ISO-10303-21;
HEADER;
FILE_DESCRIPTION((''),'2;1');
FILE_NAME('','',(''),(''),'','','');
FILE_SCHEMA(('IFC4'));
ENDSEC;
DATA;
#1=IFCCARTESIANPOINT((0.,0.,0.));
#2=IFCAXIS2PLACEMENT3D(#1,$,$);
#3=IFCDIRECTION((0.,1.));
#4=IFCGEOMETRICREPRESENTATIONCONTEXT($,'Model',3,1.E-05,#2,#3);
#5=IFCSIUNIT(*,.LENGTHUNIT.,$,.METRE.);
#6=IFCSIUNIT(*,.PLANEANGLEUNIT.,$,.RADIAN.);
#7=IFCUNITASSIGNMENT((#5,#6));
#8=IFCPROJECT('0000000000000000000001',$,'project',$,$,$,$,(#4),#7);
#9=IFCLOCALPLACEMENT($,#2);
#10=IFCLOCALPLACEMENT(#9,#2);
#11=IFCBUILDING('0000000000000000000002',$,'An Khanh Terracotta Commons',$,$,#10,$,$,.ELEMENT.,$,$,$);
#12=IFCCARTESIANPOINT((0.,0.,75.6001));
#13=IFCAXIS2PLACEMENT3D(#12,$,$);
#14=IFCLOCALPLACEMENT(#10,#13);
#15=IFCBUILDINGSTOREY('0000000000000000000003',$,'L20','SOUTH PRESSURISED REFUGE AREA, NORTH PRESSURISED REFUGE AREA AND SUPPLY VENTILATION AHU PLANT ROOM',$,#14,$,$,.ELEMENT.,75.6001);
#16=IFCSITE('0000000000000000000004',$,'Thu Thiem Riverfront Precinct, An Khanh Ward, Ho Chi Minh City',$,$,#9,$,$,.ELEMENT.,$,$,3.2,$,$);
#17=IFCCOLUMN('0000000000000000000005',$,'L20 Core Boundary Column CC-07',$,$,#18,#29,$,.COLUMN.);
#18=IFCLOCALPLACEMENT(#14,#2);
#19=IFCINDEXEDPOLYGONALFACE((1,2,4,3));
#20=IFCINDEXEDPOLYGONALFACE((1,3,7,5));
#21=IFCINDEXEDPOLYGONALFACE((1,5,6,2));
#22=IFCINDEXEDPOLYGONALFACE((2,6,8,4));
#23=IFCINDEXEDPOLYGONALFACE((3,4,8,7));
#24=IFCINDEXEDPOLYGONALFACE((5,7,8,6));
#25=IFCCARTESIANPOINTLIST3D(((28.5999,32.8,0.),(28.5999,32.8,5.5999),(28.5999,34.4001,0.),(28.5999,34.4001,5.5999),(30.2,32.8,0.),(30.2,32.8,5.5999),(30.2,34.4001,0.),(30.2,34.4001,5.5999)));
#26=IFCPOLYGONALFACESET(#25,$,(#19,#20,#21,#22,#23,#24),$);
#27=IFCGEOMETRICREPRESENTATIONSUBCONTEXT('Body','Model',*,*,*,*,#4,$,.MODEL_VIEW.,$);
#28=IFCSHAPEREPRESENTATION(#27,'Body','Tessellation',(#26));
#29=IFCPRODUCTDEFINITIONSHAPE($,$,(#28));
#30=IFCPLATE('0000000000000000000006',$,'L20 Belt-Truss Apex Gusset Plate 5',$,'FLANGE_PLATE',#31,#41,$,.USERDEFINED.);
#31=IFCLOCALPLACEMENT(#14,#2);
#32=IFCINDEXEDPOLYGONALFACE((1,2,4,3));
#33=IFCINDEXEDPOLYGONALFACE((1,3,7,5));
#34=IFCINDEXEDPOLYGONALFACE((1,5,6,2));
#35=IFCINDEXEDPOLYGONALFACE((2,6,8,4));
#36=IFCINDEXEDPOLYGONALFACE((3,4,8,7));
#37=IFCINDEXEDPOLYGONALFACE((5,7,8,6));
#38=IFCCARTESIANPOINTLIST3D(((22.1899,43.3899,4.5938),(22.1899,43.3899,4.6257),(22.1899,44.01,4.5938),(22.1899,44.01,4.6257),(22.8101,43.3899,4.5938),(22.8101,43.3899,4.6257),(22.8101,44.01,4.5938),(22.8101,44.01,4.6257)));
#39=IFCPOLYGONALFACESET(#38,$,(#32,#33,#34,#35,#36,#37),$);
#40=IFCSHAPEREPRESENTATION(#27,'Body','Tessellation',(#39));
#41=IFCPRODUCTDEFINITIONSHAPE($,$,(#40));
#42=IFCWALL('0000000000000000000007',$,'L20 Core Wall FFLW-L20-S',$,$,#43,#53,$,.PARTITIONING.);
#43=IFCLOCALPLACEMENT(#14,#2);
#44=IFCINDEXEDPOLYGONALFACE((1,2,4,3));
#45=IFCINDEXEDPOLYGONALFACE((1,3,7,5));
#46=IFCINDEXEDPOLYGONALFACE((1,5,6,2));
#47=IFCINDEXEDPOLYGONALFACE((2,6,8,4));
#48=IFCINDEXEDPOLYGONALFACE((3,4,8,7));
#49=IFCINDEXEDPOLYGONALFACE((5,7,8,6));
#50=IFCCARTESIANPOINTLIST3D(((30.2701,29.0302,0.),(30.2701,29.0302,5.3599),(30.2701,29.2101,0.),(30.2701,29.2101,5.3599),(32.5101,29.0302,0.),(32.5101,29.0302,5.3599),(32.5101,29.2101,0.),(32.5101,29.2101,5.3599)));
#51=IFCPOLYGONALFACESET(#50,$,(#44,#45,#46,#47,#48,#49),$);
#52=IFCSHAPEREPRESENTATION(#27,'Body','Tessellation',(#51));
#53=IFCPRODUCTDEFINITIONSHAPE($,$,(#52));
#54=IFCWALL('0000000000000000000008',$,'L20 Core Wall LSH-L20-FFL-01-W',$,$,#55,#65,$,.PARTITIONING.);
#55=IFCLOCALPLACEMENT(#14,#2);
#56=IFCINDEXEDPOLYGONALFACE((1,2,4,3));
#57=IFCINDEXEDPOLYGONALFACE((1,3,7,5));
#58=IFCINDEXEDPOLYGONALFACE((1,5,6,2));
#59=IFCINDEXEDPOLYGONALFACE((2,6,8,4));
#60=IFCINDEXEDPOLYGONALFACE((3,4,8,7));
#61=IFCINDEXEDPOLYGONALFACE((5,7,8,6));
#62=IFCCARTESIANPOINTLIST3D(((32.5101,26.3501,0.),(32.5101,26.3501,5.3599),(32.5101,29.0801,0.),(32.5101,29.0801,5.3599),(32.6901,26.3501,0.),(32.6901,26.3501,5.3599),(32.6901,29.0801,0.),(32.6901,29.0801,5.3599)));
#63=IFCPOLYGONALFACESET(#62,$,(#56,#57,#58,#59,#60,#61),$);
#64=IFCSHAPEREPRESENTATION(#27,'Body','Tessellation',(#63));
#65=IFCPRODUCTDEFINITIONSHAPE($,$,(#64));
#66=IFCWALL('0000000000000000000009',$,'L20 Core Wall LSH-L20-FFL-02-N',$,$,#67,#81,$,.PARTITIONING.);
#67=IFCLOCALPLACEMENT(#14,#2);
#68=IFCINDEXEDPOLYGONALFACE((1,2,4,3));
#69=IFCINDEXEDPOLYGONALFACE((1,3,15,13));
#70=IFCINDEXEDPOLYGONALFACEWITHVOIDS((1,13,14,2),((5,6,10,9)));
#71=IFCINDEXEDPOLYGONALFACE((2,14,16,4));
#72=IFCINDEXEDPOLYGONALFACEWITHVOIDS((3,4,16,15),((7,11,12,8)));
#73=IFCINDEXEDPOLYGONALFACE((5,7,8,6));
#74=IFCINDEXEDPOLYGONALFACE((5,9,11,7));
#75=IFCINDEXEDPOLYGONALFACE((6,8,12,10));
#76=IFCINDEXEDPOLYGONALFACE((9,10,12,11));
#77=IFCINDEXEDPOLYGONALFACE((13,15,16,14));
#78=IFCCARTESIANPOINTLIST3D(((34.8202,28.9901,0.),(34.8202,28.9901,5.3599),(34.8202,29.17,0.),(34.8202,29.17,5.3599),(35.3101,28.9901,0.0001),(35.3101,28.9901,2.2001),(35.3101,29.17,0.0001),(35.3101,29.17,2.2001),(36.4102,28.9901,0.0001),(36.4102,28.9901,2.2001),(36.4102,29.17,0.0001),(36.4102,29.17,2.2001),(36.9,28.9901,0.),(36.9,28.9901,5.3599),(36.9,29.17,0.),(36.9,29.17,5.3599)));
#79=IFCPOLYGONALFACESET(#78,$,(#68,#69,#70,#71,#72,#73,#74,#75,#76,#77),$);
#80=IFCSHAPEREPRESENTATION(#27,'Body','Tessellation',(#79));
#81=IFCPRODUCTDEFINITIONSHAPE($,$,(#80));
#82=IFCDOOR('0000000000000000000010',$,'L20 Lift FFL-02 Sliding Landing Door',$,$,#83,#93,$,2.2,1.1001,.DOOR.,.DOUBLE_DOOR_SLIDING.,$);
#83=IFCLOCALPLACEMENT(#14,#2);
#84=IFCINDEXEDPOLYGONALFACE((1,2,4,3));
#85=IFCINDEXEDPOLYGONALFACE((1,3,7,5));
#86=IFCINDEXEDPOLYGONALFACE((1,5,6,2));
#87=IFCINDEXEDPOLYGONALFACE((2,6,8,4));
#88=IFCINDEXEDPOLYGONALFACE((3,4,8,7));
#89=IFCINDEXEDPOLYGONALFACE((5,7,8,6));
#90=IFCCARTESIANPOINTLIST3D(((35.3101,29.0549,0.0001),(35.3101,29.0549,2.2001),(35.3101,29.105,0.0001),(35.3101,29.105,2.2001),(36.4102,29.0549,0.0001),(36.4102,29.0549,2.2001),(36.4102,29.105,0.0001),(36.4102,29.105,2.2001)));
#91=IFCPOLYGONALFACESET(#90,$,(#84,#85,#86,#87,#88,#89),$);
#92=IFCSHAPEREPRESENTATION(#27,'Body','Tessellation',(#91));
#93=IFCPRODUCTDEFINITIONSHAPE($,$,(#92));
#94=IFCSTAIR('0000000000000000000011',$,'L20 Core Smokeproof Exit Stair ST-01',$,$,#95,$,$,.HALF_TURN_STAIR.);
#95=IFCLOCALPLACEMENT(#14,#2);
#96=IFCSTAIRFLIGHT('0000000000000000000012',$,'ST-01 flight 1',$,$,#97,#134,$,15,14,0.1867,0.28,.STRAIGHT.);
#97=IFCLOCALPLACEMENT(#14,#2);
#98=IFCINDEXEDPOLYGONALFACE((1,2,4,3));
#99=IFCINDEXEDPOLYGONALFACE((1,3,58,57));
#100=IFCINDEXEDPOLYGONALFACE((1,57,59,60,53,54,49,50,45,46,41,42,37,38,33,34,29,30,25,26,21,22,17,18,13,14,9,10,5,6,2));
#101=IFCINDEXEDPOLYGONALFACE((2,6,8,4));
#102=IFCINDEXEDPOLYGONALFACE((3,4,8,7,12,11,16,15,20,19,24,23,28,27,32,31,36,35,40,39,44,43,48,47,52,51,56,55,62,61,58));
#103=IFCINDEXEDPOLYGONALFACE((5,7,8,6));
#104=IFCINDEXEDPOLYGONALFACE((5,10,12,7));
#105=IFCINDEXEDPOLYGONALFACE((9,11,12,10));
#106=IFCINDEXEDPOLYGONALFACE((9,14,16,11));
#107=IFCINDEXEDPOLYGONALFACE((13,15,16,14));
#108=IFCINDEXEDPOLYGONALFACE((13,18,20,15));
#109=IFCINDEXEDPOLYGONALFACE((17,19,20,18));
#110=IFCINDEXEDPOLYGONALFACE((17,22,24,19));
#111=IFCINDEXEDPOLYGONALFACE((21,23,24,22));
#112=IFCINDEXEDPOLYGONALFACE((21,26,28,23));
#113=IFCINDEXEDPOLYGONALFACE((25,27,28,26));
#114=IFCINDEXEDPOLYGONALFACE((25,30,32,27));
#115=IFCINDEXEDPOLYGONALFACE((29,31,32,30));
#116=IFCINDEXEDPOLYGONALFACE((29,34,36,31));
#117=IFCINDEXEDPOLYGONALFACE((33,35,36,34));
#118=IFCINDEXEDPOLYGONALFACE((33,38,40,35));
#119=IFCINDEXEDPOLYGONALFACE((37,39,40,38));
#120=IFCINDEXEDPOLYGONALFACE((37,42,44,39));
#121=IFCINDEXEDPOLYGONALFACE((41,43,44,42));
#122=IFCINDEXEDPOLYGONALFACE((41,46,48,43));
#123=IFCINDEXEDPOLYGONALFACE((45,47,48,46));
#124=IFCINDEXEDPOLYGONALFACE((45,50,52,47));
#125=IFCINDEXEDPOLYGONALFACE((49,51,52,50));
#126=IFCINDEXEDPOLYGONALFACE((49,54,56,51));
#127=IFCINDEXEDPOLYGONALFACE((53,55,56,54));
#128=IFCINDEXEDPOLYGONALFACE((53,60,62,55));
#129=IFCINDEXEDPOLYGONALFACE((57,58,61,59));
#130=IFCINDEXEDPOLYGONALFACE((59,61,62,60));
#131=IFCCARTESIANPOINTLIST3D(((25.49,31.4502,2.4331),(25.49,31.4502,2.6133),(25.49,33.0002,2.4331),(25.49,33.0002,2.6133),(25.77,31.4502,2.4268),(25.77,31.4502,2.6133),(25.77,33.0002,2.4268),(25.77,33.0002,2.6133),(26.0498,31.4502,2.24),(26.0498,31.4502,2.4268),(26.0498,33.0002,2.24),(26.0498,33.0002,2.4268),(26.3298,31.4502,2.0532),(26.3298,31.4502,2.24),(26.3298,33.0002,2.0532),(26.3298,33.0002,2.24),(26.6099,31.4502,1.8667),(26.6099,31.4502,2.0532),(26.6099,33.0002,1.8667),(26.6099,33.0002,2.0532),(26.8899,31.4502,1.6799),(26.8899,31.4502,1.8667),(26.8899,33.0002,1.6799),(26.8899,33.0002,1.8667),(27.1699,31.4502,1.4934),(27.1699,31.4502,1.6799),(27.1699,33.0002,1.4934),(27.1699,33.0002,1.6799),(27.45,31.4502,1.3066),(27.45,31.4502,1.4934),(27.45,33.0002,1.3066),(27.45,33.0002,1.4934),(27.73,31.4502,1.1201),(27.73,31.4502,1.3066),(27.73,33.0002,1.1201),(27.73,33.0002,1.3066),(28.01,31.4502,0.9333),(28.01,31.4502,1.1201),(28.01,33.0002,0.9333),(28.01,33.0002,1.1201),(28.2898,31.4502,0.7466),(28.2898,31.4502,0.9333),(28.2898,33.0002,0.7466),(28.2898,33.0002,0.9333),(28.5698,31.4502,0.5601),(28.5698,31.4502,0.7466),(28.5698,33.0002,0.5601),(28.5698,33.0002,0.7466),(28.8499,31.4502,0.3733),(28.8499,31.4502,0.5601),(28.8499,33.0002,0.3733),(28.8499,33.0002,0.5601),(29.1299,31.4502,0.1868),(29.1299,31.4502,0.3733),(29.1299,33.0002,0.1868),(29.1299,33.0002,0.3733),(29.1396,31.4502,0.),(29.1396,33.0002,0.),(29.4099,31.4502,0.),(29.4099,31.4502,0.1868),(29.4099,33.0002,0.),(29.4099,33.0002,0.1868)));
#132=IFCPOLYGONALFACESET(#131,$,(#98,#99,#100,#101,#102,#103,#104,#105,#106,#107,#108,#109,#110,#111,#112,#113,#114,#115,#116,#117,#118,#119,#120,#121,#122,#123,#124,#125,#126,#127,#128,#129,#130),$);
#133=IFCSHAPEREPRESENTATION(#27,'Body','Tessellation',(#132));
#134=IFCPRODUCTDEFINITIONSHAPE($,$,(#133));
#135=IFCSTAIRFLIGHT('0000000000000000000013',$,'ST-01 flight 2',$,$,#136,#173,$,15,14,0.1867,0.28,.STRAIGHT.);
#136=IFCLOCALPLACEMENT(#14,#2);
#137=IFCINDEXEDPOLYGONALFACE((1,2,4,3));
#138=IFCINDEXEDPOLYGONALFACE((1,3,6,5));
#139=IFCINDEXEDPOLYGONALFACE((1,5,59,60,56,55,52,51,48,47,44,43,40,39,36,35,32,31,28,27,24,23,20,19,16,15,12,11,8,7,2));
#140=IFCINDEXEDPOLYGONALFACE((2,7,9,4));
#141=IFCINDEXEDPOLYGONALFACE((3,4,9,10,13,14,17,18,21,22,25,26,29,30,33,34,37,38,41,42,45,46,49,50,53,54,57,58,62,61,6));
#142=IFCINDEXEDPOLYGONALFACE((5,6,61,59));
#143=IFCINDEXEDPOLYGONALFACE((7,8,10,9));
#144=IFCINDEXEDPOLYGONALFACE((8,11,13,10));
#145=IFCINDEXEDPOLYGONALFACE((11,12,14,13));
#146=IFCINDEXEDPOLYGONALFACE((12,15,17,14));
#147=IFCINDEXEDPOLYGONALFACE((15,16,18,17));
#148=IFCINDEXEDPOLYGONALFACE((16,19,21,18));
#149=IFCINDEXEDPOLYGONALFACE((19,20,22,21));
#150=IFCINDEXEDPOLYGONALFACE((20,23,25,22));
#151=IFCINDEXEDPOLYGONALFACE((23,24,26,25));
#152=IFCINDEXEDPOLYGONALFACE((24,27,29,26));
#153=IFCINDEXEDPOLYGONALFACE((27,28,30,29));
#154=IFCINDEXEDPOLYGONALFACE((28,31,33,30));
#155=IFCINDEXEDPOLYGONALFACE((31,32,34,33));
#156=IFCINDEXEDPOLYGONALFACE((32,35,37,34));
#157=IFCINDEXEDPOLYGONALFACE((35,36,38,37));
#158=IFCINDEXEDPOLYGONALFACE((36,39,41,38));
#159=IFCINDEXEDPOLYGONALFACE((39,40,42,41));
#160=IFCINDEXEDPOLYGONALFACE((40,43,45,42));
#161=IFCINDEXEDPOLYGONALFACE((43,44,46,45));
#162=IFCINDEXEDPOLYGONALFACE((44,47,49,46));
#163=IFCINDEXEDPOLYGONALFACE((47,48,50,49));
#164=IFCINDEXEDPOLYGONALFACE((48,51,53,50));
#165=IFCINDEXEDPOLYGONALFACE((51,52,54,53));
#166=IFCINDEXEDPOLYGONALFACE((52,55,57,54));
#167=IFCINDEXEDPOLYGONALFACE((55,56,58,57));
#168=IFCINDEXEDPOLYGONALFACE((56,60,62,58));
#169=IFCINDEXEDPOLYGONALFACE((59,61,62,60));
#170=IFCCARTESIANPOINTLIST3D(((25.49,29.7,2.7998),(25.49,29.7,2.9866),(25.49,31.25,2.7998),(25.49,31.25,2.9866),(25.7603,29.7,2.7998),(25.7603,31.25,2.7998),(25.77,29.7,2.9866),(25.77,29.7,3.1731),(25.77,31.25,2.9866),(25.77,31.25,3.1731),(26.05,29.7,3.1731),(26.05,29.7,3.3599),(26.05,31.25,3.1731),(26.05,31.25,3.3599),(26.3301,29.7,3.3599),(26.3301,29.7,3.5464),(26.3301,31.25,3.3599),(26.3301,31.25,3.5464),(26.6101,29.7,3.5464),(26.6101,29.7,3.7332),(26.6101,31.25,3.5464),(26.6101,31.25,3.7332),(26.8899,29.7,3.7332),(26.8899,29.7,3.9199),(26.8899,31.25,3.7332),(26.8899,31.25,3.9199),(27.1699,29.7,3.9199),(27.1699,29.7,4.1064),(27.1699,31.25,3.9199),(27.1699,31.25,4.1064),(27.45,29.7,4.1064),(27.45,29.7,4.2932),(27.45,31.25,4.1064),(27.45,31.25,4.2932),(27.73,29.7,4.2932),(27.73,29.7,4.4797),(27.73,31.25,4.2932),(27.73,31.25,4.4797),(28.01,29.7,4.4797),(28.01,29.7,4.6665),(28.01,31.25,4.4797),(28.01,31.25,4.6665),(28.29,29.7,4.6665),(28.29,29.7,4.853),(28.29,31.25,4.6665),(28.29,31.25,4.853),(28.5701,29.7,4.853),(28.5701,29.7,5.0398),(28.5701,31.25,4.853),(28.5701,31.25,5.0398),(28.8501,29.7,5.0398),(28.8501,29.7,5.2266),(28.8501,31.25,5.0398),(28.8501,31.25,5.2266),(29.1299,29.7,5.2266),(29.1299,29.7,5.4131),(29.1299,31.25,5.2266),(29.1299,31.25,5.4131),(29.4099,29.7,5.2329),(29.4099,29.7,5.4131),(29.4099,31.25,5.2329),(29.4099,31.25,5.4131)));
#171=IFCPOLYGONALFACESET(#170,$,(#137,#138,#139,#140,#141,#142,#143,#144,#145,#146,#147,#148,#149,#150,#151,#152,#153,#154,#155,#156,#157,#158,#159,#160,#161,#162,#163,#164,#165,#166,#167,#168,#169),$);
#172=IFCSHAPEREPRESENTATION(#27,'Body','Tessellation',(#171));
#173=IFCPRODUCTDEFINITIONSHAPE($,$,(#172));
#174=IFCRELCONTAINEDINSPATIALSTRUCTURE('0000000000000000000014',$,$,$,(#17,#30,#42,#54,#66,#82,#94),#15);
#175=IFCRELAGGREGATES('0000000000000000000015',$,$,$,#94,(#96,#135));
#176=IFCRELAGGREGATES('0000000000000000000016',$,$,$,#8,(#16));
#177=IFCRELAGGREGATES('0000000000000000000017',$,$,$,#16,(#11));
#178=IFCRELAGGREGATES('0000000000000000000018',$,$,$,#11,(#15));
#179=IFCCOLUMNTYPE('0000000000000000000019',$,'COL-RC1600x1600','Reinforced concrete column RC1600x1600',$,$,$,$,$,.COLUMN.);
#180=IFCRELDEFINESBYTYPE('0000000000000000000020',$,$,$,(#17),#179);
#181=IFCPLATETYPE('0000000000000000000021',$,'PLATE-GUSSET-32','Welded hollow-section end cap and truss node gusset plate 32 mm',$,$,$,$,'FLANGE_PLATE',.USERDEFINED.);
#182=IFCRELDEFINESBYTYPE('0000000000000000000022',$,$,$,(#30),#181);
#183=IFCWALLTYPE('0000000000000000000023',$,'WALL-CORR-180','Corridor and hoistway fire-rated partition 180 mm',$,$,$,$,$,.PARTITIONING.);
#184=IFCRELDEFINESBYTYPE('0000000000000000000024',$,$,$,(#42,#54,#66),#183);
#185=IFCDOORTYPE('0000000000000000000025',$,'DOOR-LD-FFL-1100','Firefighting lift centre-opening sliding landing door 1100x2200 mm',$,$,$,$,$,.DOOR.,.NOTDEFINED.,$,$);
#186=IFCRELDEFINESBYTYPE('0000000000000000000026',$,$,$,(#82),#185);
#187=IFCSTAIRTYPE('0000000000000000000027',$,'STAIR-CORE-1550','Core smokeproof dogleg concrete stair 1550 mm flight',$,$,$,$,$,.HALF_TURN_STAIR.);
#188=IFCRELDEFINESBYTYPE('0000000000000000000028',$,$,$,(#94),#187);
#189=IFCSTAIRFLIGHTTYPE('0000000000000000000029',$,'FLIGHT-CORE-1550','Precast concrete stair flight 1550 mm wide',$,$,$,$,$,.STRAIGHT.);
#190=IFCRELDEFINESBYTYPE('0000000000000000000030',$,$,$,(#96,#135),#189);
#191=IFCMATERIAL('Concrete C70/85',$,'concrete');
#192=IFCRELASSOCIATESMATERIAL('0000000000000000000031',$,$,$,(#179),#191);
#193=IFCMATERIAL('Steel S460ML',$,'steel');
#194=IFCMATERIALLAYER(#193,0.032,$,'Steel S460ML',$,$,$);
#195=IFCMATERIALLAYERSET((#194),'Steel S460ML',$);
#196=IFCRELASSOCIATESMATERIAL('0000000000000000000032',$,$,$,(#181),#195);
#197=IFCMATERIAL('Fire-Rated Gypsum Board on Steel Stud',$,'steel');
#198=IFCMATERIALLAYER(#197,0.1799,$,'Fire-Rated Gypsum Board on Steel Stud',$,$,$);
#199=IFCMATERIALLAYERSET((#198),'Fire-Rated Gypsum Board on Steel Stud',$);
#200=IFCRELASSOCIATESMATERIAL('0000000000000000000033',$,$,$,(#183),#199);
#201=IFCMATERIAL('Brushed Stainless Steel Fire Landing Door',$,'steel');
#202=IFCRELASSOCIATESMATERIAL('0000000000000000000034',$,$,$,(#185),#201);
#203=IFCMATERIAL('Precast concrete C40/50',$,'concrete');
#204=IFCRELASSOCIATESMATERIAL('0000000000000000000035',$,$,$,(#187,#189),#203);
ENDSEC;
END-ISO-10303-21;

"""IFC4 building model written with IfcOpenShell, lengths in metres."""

from ifc_helpers import new_model, si_unit, direction, frame, frame_2d, origin, origin_2d, place, context, subcontext, project, spatial, polyline, rectangle, outline, extrude, material, layer, layer_set, material_profile, profile_set, type_object, element, fill, aggregate, save


model = new_model("IFC4")

# Units and contexts
model_context = context("Model", 3, precision=1e-05, world=origin(), true_north=direction((0.0, 1.0)))
body_context = subcontext(model_context, "Body", "Model", "MODEL_VIEW")
ifc_project = project(units=[si_unit("LENGTHUNIT", "METRE"), si_unit("PLANEANGLEUNIT", "RADIAN")], contexts=[model_context])

# Site, building, storey
site_placement = place(None, origin())
site = spatial("IfcSite", under=ifc_project, at=site_placement, Name="Thu Thiem Riverfront Precinct, An Khanh Ward, Ho Chi Minh City", CompositionType="ELEMENT", RefElevation=3.2)
building_placement = place(site_placement, origin())
building = spatial("IfcBuilding", under=site, at=building_placement, Name="An Khanh Terracotta Commons", CompositionType="ELEMENT")
storey_placement = place(building_placement, frame((0.0, 0.0, 75.6001)))
storey = spatial("IfcBuildingStorey", under=building, at=storey_placement, Name="L20", Description="SOUTH PRESSURISED REFUGE AREA, NORTH PRESSURISED REFUGE AREA AND SUPPLY VENTILATION AHU PLANT ROOM", CompositionType="ELEMENT", Elevation=75.6001)

# Column
ifc_material_1 = material(Name="Concrete C70/85", Category="concrete")
ifc_material_profile = material_profile(ifc_material_1, rectangle(XDim=1.6001, YDim=1.6001, at=origin_2d()), Name="RC1600x1600")
ifc_profile_set = profile_set([ifc_material_profile], Name="Concrete C70/85")
column_type = type_object("IfcColumnType", Name="COL-RC1600x1600", Description="Reinforced concrete column RC1600x1600", PredefinedType="COLUMN", material=ifc_profile_set)
column_placement = place(storey_placement, frame((29.3999, 33.6001, 0.0), z_axis=(0.0, 0.0, 1.0), x_axis=(1.0, 0.0, 0.0)))
element("IfcColumn", 1, at=column_placement, inside=storey, type_object=column_type, Name="L20 Core Boundary Column CC-07", PredefinedType="COLUMN", context=body_context, shape_type="SweptSolid", body=[
    extrude(rectangle(XDim=1.6001, YDim=1.6001, at=origin_2d()), origin(), (0.0, 0.0, 1.0), 5.5999),
])

# Plate
ifc_material_2 = material(Name="Steel S460ML", Category="steel")
ifc_layer_1 = layer(ifc_material_2, 0.032, Name="Steel S460ML")
ifc_layer_set_1 = layer_set([ifc_layer_1], Name="Steel S460ML")
plate_type = type_object("IfcPlateType", Name="PLATE-GUSSET-32", Description="Welded hollow-section end cap and truss node gusset plate 32 mm", ElementType="FLANGE_PLATE", PredefinedType="USERDEFINED", material=ifc_layer_set_1)
plate_placement = place(storey_placement, frame((22.5, 43.7, 4.5938), z_axis=(0.0, 0.0, 1.0), x_axis=(1.0, 0.0, 0.0)))
element("IfcPlate", 2, at=plate_placement, inside=storey, type_object=plate_type, Name="L20 Belt-Truss Apex Gusset Plate 5", ObjectType="FLANGE_PLATE", PredefinedType="USERDEFINED", context=body_context, shape_type="SweptSolid", body=[
    extrude(rectangle(XDim=0.6201, YDim=0.6201, at=origin_2d()), origin(), (0.0, 0.0, 1.0), 0.032),
])

# Walls
ifc_material_3 = material(Name="Fire-Rated Gypsum Board on Steel Stud", Category="steel")
ifc_layer_2 = layer(ifc_material_3, 0.1799, Name="Fire-Rated Gypsum Board on Steel Stud")
ifc_layer_set_2 = layer_set([ifc_layer_2], Name="Fire-Rated Gypsum Board on Steel Stud")
wall_type_1 = type_object("IfcWallType", Name="WALL-CORR-180", Description="Corridor and hoistway fire-rated partition 180 mm", PredefinedType="PARTITIONING", material=ifc_layer_set_2)
wall_1_placement = place(storey_placement, frame((30.27, 29.1201, 0.0), z_axis=(0.0, 0.0, 1.0), x_axis=(1.0, 0.0, 0.0)))
element("IfcWall", 3, at=wall_1_placement, inside=storey, type_object=wall_type_1, Name="L20 Core Wall FFLW-L20-S", PredefinedType="PARTITIONING", context=body_context, shape_type="SweptSolid", body=[
    extrude(rectangle(XDim=2.24, YDim=0.1799, at=frame_2d((1.1201, 0.0))), origin(), (0.0, 0.0, 1.0), 5.3599),
])
wall_2_placement = place(storey_placement, frame((32.6001, 29.0801, 0.0), z_axis=(0.0, 0.0, 1.0), x_axis=(0.0, -1.0, 0.0)))
element("IfcWall", 4, at=wall_2_placement, inside=storey, type_object=wall_type_1, Name="L20 Core Wall LSH-L20-FFL-01-W", PredefinedType="PARTITIONING", context=body_context, shape_type="SweptSolid", body=[
    extrude(rectangle(XDim=2.73, YDim=0.1799, at=frame_2d((1.365, 0.0))), origin(), (0.0, 0.0, 1.0), 5.3599),
])

# Wall, opening, door
wall_3_placement = place(storey_placement, frame((34.8201, 29.0801, 0.0), z_axis=(0.0, 0.0, 1.0), x_axis=(1.0, 0.0, 0.0)))
wall_3 = element("IfcWall", 5, at=wall_3_placement, inside=storey, type_object=wall_type_1, Name="L20 Core Wall LSH-L20-FFL-02-N", PredefinedType="PARTITIONING", context=body_context, shape_type="SweptSolid", body=[
    extrude(rectangle(XDim=2.0798, YDim=0.1799, at=frame_2d((1.04, 0.0))), origin(), (0.0, 0.0, 1.0), 5.3599),
])
opening_1_placement = place(wall_3_placement, frame((0.49, 0.0, 0.0)))
opening_1 = element("IfcOpeningElement", 6, at=opening_1_placement, cuts=wall_3, PredefinedType="OPENING", context=body_context, shape_type="SweptSolid", body=[
    extrude(rectangle(XDim=1.1001, YDim=2.2, at=frame_2d((0.55, 1.1001))), frame((0.0, 0.0999, 0.0), z_axis=(0.0, -1.0, 0.0), x_axis=(1.0, 0.0, 0.0)), (0.0, 0.0, 1.0), 0.2),
])
ifc_material_4 = material(Name="Brushed Stainless Steel Fire Landing Door", Category="steel")
door_type_1 = type_object("IfcDoorType", Name="DOOR-LD-FFL-1100", Description="Firefighting lift centre-opening sliding landing door 1100x2200 mm", OperationType="NOTDEFINED", PredefinedType="DOOR", material=ifc_material_4)
door_1_placement = place(opening_1_placement, origin())
door_1 = element("IfcDoor", 7, at=door_1_placement, inside=storey, type_object=door_type_1, Name="L20 Lift FFL-02 Sliding Landing Door", OperationType="DOUBLE_DOOR_SLIDING", OverallHeight=2.2, OverallWidth=1.1001, PredefinedType="DOOR", context=body_context, shape_type="SweptSolid", body=[
    extrude(rectangle(XDim=1.1001, YDim=2.2, at=frame_2d((0.55, 1.1001))), frame((0.0, 0.0249, 0.0), z_axis=(0.0, -1.0, 0.0), x_axis=(1.0, 0.0, 0.0)), (0.0, 0.0, 1.0), 0.05),
])
fill(opening_1, door_1)

# Stair, stair flights
ifc_material_5 = material(Name="Precast concrete C40/50", Category="concrete")
stair_type = type_object("IfcStairType", Name="STAIR-CORE-1550", Description="Core smokeproof dogleg concrete stair 1550 mm flight", PredefinedType="HALF_TURN_STAIR", material=ifc_material_5)
stair_placement = place(storey_placement, origin())
stair = element("IfcStair", 8, at=stair_placement, inside=storey, type_object=stair_type, Name="L20 Core Smokeproof Exit Stair ST-01", PredefinedType="HALF_TURN_STAIR")
stair_flight_type = type_object("IfcStairFlightType", Name="FLIGHT-CORE-1550", Description="Precast concrete stair flight 1550 mm wide", PredefinedType="STRAIGHT", material=ifc_material_5)
stair_flight_1_placement = place(storey_placement, frame((29.4099, 32.2251, 0.0), z_axis=(0.0, 0.0, 1.0), x_axis=(-1.0, 0.0, 0.0)))
stair_flight_1 = element("IfcStairFlight", 9, at=stair_flight_1_placement, type_object=stair_flight_type, Name="ST-01 flight 1", NumberOfRisers=15, NumberOfTreads=14, PredefinedType="STRAIGHT", RiserHeight=0.1867, TreadLength=0.28, context=body_context, shape_type="SweptSolid", body=[
    extrude(outline(polyline([(0.0, 0.0), (0.0, 0.1868), (0.28, 0.1868), (0.28, 0.3733), (0.5601, 0.3733), (0.5601, 0.5601), (0.8401, 0.5601), (0.8401, 0.7466), (1.1201, 0.7466), (1.1201, 0.9333), (1.3999, 0.9333), (1.3999, 1.1201), (1.6799, 1.1201), (1.6799, 1.3066), (1.96, 1.3066), (1.96, 1.4934), (2.24, 1.4934), (2.24, 1.6799), (2.52, 1.6799), (2.52, 1.8667), (2.8, 1.8667), (2.8, 2.0532), (3.0801, 2.0532), (3.0801, 2.24), (3.3601, 2.24), (3.3601, 2.4268), (3.6399, 2.4268), (3.6399, 2.6133), (3.9199, 2.6133), (3.9199, 2.8), (3.9199, 2.4331), (0.2703, 0.0), (0.0, 0.0)])), frame((0.0, 0.7749, 0.0), z_axis=(0.0, -1.0, 0.0), x_axis=(1.0, 0.0, 0.0)), (0.0, 0.0, 1.0), 1.55),
])
stair_flight_2_placement = place(storey_placement, frame((25.49, 30.4751, 2.7998), z_axis=(0.0, 0.0, 1.0), x_axis=(1.0, 0.0, 0.0)))
stair_flight_2 = element("IfcStairFlight", 10, at=stair_flight_2_placement, type_object=stair_flight_type, Name="ST-01 flight 2", NumberOfRisers=15, NumberOfTreads=14, PredefinedType="STRAIGHT", RiserHeight=0.1867, TreadLength=0.28, context=body_context, shape_type="SweptSolid", body=[
    extrude(outline(polyline([(0.0, 0.0), (0.0, 0.1868), (0.28, 0.1868), (0.28, 0.3733), (0.5601, 0.3733), (0.5601, 0.5601), (0.8401, 0.5601), (0.8401, 0.7466), (1.1201, 0.7466), (1.1201, 0.9333), (1.3999, 0.9333), (1.3999, 1.1201), (1.6799, 1.1201), (1.6799, 1.3066), (1.96, 1.3066), (1.96, 1.4934), (2.24, 1.4934), (2.24, 1.6799), (2.52, 1.6799), (2.52, 1.8667), (2.8, 1.8667), (2.8, 2.0532), (3.0801, 2.0532), (3.0801, 2.24), (3.3601, 2.24), (3.3601, 2.4268), (3.6399, 2.4268), (3.6399, 2.6133), (3.9199, 2.6133), (3.9199, 2.8), (3.9199, 2.4331), (0.2703, 0.0), (0.0, 0.0)])), frame((0.0, 0.7749, 0.0), z_axis=(0.0, -1.0, 0.0), x_axis=(1.0, 0.0, 0.0)), (0.0, 0.0, 1.0), 1.55),
])
aggregate(stair, [stair_flight_1, stair_flight_2])

save(model, "model.ifc")
